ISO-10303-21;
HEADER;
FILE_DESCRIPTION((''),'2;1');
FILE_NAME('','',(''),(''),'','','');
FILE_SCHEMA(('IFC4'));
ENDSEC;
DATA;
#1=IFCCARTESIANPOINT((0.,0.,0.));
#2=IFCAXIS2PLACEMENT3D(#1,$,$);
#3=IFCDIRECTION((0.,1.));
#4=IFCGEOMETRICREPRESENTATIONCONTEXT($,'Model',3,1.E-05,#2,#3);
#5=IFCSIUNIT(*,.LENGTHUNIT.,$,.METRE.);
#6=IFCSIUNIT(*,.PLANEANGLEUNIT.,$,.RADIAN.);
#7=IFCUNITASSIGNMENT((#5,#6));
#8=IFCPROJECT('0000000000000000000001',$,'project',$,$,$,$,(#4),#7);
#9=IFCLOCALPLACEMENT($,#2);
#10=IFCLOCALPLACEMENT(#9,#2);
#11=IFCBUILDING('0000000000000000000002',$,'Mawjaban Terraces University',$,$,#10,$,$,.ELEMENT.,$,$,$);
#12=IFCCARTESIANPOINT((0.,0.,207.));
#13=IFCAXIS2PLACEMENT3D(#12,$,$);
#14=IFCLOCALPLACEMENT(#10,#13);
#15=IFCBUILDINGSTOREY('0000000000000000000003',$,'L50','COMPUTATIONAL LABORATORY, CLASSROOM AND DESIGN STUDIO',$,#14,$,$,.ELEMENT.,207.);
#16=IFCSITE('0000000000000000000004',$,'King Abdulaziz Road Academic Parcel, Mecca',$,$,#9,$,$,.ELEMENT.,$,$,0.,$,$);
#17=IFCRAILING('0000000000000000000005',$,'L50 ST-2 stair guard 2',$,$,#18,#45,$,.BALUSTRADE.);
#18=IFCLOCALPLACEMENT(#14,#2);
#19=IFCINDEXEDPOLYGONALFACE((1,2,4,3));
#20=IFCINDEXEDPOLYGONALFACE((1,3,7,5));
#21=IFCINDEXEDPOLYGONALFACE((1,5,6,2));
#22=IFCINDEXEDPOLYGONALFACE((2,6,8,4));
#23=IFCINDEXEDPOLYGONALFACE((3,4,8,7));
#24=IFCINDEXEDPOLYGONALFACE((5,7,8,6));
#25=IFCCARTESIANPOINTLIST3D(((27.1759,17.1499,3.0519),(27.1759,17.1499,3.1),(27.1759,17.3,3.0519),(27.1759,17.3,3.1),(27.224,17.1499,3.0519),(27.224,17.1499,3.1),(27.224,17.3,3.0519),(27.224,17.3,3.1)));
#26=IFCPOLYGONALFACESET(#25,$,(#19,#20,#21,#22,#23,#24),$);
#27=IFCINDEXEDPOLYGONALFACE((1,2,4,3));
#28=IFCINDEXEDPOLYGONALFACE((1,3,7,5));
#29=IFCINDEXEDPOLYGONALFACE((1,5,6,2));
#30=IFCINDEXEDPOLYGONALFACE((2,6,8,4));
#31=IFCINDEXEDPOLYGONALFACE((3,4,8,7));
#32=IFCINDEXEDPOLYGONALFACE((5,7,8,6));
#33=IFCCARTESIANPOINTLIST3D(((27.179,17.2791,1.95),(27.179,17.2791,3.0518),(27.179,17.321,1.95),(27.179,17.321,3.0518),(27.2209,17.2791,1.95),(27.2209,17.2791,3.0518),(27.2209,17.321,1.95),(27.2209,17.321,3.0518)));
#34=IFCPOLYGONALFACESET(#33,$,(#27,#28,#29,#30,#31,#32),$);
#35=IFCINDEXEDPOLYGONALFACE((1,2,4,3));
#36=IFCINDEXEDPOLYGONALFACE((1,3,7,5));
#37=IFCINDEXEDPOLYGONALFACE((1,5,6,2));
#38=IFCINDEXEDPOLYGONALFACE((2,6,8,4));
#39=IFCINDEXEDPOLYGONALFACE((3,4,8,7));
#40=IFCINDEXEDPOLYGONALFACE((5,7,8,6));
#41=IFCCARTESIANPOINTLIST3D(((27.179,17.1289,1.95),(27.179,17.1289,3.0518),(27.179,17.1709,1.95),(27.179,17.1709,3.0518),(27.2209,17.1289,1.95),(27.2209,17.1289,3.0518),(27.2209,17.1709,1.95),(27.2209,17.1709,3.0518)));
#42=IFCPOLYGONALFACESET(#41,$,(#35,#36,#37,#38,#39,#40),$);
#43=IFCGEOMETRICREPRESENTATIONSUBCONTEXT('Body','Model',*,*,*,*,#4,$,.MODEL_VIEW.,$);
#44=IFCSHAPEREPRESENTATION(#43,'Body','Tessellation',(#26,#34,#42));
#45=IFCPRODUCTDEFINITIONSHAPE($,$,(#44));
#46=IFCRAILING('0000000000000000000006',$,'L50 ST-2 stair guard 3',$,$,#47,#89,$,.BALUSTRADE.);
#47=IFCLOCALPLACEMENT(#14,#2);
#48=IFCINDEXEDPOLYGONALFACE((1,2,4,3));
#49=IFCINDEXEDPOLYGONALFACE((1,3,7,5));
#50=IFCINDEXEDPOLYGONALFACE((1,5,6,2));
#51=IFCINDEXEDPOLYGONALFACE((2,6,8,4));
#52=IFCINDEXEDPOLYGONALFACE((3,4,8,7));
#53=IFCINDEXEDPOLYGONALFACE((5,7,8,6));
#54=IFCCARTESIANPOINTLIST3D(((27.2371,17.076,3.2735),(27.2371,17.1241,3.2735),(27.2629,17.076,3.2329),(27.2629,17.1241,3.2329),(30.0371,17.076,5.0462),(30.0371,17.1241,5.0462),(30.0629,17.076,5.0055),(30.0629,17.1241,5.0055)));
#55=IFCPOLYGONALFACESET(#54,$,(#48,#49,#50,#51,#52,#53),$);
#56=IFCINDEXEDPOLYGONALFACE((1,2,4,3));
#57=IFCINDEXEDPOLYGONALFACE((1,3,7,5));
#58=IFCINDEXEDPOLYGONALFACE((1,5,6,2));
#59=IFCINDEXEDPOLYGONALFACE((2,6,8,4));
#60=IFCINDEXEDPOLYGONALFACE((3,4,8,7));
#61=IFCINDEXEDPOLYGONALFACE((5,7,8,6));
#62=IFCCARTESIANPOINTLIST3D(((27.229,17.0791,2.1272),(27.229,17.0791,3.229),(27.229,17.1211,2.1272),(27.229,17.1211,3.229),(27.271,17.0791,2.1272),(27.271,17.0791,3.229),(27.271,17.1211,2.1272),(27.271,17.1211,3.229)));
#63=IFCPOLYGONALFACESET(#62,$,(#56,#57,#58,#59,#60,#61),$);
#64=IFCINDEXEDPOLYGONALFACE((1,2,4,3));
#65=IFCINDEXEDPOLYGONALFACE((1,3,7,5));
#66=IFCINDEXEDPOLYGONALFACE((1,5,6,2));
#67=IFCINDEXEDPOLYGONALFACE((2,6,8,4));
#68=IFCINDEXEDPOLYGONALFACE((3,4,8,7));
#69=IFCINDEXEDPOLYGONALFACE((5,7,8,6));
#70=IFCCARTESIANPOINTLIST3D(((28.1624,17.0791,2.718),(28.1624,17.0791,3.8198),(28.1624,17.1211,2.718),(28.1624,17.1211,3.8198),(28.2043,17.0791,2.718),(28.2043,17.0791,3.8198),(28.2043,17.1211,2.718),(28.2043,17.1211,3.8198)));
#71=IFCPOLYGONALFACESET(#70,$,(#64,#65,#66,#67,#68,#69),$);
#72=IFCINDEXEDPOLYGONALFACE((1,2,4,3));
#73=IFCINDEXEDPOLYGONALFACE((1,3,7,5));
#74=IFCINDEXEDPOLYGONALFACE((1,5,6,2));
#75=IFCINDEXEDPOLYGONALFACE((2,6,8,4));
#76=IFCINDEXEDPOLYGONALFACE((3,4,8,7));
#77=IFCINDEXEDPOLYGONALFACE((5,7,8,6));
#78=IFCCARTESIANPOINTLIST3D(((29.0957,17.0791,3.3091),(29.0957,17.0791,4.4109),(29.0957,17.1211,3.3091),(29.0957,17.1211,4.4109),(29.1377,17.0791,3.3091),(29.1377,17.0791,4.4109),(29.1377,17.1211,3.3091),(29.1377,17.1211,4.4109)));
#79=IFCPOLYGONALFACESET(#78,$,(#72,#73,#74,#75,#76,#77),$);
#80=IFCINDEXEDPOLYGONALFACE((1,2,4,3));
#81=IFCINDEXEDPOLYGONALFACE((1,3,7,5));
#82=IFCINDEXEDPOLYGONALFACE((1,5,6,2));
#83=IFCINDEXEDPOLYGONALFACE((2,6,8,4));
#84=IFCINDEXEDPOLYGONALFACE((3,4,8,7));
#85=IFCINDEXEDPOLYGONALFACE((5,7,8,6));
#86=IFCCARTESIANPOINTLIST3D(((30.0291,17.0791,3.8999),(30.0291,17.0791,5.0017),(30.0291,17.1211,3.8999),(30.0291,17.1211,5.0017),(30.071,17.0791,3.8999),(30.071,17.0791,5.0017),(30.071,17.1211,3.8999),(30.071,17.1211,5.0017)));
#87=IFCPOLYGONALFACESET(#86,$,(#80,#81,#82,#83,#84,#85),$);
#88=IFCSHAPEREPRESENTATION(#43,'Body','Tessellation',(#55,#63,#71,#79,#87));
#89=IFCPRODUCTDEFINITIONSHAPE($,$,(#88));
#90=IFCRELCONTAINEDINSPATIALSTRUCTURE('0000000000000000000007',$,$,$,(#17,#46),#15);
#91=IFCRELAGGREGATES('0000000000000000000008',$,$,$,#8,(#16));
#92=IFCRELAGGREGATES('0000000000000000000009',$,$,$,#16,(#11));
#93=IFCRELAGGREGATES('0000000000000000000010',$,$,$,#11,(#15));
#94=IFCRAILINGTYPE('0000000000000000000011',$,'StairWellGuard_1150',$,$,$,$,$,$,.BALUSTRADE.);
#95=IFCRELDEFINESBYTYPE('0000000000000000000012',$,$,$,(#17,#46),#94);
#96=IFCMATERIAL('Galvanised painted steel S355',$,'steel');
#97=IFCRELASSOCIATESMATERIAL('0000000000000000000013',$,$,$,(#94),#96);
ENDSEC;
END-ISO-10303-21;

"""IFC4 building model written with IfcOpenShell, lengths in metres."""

from ifc_helpers import new_model, si_unit, direction, frame, origin, origin_2d, place, context, subcontext, project, spatial, rectangle, extrude, material, type_object, element, save


model = new_model("IFC4")

# Units and contexts
model_context = context("Model", 3, precision=1e-05, world=origin(), true_north=direction((0.0, 1.0)))
body_context = subcontext(model_context, "Body", "Model", "MODEL_VIEW")
ifc_project = project(units=[si_unit("LENGTHUNIT", "METRE"), si_unit("PLANEANGLEUNIT", "RADIAN")], contexts=[model_context])

# Site, building, storey
site_placement = place(None, origin())
site = spatial("IfcSite", under=ifc_project, at=site_placement, Name="King Abdulaziz Road Academic Parcel, Mecca", CompositionType="ELEMENT", RefElevation=0.0)
building_placement = place(site_placement, origin())
building = spatial("IfcBuilding", under=site, at=building_placement, Name="Mawjaban Terraces University", CompositionType="ELEMENT")
storey_placement = place(building_placement, frame((0.0, 0.0, 207.0)))
storey = spatial("IfcBuildingStorey", under=building, at=storey_placement, Name="L50", Description="COMPUTATIONAL LABORATORY, CLASSROOM AND DESIGN STUDIO", CompositionType="ELEMENT", Elevation=207.0)

# Railings
ifc_material_1 = material(Name="Galvanised painted steel S355", Category="steel")
railing_type_1 = type_object("IfcRailingType", Name="StairWellGuard_1150", PredefinedType="BALUSTRADE", material=ifc_material_1)
railing_1_placement = place(storey_placement, frame((27.2, 17.3, 1.95)))
element("IfcRailing", 1, at=railing_1_placement, inside=storey, type_object=railing_type_1, Name="L50 ST-2 stair guard 2", PredefinedType="BALUSTRADE", context=body_context, shape_type="SweptSolid", body=[
    extrude(rectangle(XDim=0.0481, YDim=0.0481, at=origin_2d()), frame((0.0, 0.0, 1.126), z_axis=(0.0, -1.0, 0.0), x_axis=(1.0, 0.0, 0.0)), (0.0, 0.0, 1.0), 0.1501),
    extrude(rectangle(XDim=0.042, YDim=0.042, at=origin_2d()), origin(), (0.0, 0.0, 1.0), 1.1018),
    extrude(rectangle(XDim=0.042, YDim=0.042, at=origin_2d()), frame((0.0, -0.1501, 0.0)), (0.0, 0.0, 1.0), 1.1018),
])
railing_2_placement = place(storey_placement, frame((27.25, 17.1001, 2.1272)))
element("IfcRailing", 2, at=railing_2_placement, inside=storey, type_object=railing_type_1, Name="L50 ST-2 stair guard 3", PredefinedType="BALUSTRADE", context=body_context, shape_type="SweptSolid", body=[
    extrude(rectangle(XDim=0.0481, YDim=0.0481, at=origin_2d()), frame((0.0, 0.0, 1.126), z_axis=(0.844909, 0.0, 0.53491), x_axis=(0.0, 1.0, 0.0)), (0.0, 0.0, 1.0), 3.314),
    extrude(rectangle(XDim=0.042, YDim=0.042, at=origin_2d()), origin(), (0.0, 0.0, 1.0), 1.1018),
    extrude(rectangle(XDim=0.042, YDim=0.042, at=origin_2d()), frame((0.9333, 0.0, 0.5908)), (0.0, 0.0, 1.0), 1.1018),
    extrude(rectangle(XDim=0.042, YDim=0.042, at=origin_2d()), frame((1.8667, 0.0, 1.1819)), (0.0, 0.0, 1.0), 1.1018),
    extrude(rectangle(XDim=0.042, YDim=0.042, at=origin_2d()), frame((2.8, 0.0, 1.7727)), (0.0, 0.0, 1.0), 1.1018),
])

save(model, "model.ifc")
